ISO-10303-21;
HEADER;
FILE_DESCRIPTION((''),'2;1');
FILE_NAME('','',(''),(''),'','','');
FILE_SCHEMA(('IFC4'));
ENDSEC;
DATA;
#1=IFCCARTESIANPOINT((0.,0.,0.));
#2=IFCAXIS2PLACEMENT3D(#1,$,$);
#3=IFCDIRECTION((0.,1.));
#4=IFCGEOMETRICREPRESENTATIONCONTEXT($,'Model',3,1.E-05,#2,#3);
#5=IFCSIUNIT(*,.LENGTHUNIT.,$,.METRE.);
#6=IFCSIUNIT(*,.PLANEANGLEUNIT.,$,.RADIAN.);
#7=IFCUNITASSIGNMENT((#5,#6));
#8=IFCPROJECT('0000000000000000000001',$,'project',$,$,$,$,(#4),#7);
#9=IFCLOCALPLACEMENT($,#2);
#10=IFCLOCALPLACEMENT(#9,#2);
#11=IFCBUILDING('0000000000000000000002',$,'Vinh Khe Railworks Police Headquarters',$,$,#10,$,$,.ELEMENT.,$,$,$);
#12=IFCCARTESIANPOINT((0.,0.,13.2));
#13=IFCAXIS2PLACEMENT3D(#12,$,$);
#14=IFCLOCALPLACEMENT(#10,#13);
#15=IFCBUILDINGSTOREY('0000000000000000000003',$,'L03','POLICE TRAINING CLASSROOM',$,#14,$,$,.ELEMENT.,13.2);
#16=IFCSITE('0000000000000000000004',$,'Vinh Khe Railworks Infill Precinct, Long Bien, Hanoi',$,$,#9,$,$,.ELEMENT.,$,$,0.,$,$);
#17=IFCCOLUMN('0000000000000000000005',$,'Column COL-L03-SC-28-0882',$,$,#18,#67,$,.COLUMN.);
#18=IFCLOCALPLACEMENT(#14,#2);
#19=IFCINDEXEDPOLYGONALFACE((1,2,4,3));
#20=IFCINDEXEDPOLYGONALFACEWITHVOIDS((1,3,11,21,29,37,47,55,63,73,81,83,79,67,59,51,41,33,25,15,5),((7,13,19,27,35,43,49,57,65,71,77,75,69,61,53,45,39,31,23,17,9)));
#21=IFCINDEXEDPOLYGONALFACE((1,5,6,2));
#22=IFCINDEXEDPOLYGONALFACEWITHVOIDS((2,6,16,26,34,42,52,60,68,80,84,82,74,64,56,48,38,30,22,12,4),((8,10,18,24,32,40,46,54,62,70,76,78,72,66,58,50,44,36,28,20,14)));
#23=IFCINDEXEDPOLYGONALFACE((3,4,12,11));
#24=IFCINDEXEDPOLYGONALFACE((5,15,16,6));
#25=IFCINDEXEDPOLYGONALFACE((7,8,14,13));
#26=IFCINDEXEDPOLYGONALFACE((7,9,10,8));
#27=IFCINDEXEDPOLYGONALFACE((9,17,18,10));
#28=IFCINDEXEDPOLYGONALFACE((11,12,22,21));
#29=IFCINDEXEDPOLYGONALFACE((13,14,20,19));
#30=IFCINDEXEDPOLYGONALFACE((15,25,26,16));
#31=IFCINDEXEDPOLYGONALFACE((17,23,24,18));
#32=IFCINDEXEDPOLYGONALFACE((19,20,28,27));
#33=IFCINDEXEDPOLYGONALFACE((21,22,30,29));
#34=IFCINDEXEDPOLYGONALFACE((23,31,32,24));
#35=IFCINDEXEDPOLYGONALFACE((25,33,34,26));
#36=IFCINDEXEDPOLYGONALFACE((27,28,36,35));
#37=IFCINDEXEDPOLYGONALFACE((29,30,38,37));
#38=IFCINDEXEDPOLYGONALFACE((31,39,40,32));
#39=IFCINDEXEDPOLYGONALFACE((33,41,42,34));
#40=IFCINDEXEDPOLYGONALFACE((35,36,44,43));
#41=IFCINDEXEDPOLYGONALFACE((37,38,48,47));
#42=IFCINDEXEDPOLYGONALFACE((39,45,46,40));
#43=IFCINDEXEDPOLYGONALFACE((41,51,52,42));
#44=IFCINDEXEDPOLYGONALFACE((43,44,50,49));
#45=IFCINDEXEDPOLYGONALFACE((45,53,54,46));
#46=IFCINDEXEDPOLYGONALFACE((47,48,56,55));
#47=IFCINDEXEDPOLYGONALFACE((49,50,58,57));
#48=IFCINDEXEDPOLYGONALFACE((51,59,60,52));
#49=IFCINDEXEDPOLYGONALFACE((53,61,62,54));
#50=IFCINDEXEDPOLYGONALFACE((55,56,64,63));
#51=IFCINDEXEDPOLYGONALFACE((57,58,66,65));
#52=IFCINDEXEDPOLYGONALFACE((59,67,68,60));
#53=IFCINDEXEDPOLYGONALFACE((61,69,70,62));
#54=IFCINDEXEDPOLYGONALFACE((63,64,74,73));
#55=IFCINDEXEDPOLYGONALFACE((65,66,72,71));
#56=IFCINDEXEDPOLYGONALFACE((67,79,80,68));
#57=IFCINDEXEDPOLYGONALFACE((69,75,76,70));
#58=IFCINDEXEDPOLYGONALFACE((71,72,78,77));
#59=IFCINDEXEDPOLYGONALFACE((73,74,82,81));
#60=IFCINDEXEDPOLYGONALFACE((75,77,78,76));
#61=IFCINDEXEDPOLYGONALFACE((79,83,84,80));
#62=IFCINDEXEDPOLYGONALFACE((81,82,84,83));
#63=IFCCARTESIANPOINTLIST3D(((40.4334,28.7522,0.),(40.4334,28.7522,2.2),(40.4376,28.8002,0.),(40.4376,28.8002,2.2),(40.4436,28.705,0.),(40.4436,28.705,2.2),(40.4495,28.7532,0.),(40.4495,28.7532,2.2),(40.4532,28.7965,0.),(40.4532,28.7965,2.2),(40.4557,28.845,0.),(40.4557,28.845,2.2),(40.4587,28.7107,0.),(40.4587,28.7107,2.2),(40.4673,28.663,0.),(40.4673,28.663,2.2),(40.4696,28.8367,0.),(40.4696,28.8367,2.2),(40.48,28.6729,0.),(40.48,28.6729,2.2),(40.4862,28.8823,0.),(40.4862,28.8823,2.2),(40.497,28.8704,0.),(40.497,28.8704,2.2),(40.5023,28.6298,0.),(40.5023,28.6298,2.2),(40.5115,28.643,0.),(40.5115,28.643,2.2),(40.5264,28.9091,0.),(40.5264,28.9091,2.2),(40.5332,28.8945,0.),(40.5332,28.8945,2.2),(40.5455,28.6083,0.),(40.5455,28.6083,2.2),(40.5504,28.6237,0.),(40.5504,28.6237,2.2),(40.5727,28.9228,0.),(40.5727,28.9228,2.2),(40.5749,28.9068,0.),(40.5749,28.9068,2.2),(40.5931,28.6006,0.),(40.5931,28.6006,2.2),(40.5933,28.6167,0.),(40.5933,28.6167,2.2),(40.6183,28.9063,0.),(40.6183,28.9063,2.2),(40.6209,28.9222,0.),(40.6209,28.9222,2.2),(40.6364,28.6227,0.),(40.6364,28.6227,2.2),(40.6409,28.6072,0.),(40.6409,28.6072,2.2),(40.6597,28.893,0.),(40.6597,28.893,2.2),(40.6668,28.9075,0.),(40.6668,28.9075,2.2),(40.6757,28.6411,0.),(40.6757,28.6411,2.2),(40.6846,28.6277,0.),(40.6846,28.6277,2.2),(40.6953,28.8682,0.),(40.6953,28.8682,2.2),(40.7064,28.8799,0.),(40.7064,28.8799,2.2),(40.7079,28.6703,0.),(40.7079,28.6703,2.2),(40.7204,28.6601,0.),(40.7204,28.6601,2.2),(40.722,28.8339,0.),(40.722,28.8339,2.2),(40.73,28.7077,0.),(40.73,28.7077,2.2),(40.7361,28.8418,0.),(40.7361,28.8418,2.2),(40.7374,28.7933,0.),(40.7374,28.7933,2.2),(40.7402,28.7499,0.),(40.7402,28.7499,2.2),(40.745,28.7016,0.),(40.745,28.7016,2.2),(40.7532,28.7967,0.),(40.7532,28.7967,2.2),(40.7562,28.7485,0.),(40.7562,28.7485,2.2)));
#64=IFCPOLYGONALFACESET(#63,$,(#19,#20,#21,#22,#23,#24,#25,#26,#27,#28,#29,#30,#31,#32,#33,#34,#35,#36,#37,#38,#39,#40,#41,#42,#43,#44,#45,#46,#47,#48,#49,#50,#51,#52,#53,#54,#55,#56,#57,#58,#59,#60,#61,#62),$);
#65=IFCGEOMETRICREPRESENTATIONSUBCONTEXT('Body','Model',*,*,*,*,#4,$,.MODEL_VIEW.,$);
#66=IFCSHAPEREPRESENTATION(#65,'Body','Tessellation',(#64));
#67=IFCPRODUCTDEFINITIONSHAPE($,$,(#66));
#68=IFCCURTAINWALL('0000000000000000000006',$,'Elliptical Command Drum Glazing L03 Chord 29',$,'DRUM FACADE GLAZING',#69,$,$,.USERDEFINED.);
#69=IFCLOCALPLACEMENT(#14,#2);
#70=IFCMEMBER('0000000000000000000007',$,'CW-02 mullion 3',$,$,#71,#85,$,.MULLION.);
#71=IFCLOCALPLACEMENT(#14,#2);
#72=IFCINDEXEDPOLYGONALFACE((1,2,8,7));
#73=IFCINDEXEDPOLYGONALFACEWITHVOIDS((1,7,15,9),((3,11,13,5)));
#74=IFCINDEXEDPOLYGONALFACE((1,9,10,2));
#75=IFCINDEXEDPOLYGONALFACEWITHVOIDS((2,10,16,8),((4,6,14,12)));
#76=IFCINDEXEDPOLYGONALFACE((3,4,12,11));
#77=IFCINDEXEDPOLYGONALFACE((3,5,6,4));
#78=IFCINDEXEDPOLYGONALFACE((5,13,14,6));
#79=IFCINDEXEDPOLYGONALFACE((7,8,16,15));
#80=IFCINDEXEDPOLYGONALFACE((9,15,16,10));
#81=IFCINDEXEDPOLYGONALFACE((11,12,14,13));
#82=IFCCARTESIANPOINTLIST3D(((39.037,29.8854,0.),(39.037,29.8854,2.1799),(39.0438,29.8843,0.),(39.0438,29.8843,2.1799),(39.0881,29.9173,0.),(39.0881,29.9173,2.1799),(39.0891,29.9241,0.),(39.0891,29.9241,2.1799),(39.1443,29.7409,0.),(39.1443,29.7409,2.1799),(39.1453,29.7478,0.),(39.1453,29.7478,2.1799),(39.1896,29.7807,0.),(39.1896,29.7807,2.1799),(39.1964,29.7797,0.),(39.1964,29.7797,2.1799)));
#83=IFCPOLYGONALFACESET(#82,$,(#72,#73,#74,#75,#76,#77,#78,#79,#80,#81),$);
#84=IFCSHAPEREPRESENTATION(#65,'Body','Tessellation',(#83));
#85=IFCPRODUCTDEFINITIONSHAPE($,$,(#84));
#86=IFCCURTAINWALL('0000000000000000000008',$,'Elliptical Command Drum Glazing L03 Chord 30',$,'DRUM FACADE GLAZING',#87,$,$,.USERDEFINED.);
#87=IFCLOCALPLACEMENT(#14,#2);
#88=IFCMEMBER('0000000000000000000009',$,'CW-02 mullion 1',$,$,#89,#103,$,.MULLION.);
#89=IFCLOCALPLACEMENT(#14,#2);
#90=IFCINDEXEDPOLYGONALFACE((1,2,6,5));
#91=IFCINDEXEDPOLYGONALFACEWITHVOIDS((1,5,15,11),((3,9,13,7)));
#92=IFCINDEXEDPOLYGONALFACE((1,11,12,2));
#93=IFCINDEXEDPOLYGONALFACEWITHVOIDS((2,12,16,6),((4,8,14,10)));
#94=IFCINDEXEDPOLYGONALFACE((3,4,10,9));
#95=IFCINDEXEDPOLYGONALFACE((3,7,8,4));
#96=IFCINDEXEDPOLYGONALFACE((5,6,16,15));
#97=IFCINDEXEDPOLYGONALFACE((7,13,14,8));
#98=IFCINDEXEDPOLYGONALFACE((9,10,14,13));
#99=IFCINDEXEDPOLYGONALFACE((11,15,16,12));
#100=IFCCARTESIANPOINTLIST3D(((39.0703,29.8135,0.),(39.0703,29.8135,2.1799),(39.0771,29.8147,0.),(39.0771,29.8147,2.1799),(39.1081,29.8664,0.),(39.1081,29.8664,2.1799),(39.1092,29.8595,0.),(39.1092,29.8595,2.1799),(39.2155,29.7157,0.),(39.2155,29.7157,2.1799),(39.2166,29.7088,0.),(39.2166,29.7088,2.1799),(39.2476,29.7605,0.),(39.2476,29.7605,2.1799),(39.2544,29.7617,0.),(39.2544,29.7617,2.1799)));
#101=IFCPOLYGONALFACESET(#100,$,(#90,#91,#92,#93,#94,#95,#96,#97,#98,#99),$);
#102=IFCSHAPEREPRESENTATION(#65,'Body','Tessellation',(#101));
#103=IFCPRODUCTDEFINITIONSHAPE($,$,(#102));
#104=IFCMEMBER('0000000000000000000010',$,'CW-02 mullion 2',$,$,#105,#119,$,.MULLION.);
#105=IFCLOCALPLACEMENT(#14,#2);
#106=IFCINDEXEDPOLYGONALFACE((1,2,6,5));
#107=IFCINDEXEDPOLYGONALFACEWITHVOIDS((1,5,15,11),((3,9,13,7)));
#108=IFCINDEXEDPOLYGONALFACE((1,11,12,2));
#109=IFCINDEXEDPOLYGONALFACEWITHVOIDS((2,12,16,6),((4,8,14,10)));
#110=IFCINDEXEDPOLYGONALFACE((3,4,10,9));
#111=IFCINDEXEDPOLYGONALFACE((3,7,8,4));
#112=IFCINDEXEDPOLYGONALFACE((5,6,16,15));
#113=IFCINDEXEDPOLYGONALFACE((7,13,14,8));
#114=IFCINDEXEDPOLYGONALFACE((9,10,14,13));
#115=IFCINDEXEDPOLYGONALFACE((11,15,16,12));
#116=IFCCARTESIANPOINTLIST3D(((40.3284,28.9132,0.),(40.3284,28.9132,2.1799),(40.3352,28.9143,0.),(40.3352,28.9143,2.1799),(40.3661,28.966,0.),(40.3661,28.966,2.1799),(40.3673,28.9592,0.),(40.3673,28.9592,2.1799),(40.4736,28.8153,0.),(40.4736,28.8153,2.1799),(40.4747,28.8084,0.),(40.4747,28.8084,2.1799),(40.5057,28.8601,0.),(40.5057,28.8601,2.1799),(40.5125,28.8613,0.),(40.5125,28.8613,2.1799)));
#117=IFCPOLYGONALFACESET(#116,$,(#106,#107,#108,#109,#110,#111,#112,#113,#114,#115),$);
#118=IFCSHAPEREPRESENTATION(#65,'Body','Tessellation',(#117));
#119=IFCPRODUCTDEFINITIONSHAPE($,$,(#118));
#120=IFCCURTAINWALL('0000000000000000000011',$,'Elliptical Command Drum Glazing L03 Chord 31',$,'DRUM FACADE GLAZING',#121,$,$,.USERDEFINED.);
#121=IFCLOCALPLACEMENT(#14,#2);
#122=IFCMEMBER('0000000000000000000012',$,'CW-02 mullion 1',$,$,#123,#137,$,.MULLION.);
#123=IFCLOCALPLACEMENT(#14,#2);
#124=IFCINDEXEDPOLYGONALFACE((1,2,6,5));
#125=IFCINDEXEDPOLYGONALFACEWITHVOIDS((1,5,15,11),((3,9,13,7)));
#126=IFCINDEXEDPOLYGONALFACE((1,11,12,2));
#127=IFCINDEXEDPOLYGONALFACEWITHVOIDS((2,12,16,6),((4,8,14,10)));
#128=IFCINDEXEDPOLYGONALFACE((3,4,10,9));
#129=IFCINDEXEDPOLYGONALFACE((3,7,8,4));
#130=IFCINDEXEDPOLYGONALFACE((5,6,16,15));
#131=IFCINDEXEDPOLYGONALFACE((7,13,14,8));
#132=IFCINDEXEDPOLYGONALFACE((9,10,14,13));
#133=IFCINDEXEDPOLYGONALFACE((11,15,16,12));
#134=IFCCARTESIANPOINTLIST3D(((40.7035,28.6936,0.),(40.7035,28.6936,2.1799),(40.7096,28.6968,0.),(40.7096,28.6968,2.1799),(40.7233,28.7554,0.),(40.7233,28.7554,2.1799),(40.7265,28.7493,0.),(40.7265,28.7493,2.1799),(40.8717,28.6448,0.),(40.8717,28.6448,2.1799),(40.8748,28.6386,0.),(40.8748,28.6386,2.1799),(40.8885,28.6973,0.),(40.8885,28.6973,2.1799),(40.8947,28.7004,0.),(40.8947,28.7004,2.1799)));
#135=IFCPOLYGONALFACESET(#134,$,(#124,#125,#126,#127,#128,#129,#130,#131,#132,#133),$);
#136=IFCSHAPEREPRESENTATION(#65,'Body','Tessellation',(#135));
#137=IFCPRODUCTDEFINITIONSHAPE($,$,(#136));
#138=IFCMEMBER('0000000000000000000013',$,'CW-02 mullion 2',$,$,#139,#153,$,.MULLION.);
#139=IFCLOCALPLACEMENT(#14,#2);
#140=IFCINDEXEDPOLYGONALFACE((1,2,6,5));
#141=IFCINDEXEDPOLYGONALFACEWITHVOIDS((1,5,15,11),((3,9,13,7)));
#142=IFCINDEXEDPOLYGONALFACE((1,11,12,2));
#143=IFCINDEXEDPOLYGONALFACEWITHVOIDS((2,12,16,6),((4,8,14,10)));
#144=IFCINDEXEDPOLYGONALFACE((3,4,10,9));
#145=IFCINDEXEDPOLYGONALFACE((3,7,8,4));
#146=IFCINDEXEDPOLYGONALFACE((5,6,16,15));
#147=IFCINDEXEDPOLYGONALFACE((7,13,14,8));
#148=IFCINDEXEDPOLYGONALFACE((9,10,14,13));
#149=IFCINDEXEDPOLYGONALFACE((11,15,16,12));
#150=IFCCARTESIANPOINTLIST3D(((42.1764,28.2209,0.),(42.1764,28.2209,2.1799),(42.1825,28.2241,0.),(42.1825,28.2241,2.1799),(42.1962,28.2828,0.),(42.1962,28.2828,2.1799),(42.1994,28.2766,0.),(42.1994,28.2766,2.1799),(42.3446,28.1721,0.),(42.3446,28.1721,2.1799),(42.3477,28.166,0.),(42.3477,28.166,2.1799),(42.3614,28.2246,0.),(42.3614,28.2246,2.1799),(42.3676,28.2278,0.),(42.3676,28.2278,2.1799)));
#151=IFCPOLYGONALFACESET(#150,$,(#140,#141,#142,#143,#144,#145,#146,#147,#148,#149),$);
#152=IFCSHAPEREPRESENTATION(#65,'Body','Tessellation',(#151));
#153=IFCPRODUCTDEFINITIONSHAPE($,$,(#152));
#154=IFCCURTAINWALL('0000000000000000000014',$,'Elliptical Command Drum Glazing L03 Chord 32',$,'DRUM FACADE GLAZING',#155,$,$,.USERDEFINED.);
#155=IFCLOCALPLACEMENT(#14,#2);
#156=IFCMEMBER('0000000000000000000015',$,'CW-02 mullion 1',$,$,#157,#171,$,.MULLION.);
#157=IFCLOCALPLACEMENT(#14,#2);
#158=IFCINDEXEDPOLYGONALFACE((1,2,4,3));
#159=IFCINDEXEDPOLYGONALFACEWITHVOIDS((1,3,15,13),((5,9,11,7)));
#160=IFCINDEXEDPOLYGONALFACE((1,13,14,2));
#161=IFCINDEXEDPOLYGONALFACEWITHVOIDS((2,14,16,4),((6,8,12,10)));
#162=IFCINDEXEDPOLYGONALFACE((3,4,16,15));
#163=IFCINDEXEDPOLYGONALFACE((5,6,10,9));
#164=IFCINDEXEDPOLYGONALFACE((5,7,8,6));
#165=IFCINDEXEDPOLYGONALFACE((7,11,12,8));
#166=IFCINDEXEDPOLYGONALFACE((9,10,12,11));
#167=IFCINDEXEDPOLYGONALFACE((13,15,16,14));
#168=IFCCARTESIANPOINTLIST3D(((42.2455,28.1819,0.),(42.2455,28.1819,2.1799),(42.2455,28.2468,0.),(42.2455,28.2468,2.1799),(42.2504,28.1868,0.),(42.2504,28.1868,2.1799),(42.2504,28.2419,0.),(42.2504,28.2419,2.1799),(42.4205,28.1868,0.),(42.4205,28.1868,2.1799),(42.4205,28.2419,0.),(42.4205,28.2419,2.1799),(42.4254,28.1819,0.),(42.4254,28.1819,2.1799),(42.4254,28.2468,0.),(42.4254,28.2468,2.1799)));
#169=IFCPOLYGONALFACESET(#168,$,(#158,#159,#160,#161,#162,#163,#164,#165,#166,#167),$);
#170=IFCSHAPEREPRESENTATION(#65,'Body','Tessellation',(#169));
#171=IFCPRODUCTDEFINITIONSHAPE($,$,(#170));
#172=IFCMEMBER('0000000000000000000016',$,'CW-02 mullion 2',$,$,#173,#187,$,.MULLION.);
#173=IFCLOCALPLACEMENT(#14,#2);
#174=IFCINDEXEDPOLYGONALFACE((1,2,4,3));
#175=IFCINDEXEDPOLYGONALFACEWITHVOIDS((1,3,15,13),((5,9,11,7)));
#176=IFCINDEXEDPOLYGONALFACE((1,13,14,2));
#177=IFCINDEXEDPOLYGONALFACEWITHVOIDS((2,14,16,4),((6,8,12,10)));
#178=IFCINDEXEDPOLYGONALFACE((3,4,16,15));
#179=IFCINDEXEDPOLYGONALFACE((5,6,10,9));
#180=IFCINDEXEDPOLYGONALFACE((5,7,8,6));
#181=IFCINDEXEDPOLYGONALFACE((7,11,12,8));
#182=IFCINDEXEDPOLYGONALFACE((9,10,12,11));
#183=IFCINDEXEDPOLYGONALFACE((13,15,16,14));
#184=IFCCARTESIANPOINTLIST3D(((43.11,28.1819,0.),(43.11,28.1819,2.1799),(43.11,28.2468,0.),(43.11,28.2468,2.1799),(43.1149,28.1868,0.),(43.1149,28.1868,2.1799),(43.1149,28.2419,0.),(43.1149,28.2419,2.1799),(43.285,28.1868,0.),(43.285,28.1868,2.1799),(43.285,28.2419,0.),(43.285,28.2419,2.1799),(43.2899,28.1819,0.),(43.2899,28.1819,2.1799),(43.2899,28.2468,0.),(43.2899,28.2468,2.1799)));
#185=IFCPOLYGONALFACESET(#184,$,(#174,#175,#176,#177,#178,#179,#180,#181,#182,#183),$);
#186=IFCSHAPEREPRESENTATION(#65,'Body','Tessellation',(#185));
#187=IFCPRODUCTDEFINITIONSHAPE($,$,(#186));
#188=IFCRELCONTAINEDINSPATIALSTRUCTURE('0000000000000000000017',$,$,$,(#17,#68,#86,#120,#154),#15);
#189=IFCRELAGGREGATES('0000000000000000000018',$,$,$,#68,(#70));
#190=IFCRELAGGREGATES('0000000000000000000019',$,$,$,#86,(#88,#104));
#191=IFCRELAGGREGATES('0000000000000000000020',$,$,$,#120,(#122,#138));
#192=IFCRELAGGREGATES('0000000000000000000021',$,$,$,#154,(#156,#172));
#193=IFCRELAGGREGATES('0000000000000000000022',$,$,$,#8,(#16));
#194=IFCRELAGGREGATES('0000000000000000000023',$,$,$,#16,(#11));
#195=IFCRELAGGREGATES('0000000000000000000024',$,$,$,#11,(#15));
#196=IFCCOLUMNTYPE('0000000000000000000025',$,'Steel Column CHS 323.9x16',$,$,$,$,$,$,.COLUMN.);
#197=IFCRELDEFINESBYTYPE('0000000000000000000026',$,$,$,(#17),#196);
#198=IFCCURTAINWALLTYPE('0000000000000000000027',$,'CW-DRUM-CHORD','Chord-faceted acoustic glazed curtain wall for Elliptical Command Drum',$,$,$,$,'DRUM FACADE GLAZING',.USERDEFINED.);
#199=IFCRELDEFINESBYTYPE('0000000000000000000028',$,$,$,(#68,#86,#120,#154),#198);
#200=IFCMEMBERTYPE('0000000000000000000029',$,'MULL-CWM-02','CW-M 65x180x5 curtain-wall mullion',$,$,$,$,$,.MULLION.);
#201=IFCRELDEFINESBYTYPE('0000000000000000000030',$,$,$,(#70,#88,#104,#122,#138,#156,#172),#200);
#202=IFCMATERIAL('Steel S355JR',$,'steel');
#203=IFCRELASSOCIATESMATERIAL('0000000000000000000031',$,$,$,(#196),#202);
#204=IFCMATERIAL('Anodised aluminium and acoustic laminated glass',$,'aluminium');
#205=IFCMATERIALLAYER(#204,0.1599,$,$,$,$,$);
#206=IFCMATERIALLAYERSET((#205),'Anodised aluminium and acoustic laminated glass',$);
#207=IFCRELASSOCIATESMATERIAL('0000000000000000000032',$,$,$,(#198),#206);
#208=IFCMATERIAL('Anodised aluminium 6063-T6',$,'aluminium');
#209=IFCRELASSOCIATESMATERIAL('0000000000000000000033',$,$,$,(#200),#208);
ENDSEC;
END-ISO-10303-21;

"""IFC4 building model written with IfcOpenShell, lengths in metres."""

from ifc_helpers import new_model, si_unit, direction, frame, origin, origin_2d, place, context, subcontext, project, spatial, hollow_rectangle, hollow_circle, extrude, material, layer, layer_set, material_profile, profile_set, type_object, element, aggregate, save


model = new_model("IFC4")

# Units and contexts
model_context = context("Model", 3, precision=1e-05, world=origin(), true_north=direction((0.0, 1.0)))
body_context = subcontext(model_context, "Body", "Model", "MODEL_VIEW")
ifc_project = project(units=[si_unit("LENGTHUNIT", "METRE"), si_unit("PLANEANGLEUNIT", "RADIAN")], contexts=[model_context])

# Site, building, storey
site_placement = place(None, origin())
site = spatial("IfcSite", under=ifc_project, at=site_placement, Name="Vinh Khe Railworks Infill Precinct, Long Bien, Hanoi", CompositionType="ELEMENT", RefElevation=0.0)
building_placement = place(site_placement, origin())
building = spatial("IfcBuilding", under=site, at=building_placement, Name="Vinh Khe Railworks Police Headquarters", CompositionType="ELEMENT")
storey_placement = place(building_placement, frame((0.0, 0.0, 13.2)))
storey = spatial("IfcBuildingStorey", under=building, at=storey_placement, Name="L03", Description="POLICE TRAINING CLASSROOM", CompositionType="ELEMENT", Elevation=13.2)

# Column
ifc_material_1 = material(Name="Steel S355JR", Category="steel")
ifc_material_profile_1 = material_profile(ifc_material_1, hollow_circle(Radius=0.1619, WallThickness=0.0161, at=origin_2d()), Name="CHS 323.9x16")
ifc_profile_set_1 = profile_set([ifc_material_profile_1], Name="Steel S355JR")
column_type = type_object("IfcColumnType", Name="Steel Column CHS 323.9x16", PredefinedType="COLUMN", material=ifc_profile_set_1)
column_placement = place(storey_placement, frame((40.595, 28.7625, 0.0), z_axis=(0.0, 0.0, 1.0), x_axis=(-0.305529, -0.952183, 0.0)))
element("IfcColumn", 1, at=column_placement, inside=storey, type_object=column_type, Name="Column COL-L03-SC-28-0882", PredefinedType="COLUMN", context=body_context, shape_type="SweptSolid", body=[
    extrude(hollow_circle(Radius=0.1619, WallThickness=0.0161, at=origin_2d()), origin(), (0.0, 0.0, 1.0), 2.2),
])

# Curtain wall, member
ifc_material_2 = material(Name="Anodised aluminium and acoustic laminated glass", Category="aluminium")
ifc_layer_1 = layer(ifc_material_2, 0.1599)
ifc_layer_set_1 = layer_set([ifc_layer_1], Name="Anodised aluminium and acoustic laminated glass")
curtain_wall_type_1 = type_object("IfcCurtainWallType", Name="CW-DRUM-CHORD", Description="Chord-faceted acoustic glazed curtain wall for Elliptical Command Drum", ElementType="DRUM FACADE GLAZING", PredefinedType="USERDEFINED", material=ifc_layer_set_1)
curtain_wall_1_placement = place(storey_placement, origin())
curtain_wall_1 = element("IfcCurtainWall", 2, at=curtain_wall_1_placement, inside=storey, type_object=curtain_wall_type_1, Name="Elliptical Command Drum Glazing L03 Chord 29", ObjectType="DRUM FACADE GLAZING", PredefinedType="USERDEFINED")
ifc_material_3 = material(Name="Anodised aluminium 6063-T6", Category="aluminium")
ifc_material_profile_2 = material_profile(ifc_material_3, hollow_rectangle(XDim=0.0649, YDim=0.1799, WallThickness=0.0049, at=origin_2d()), Name="CW-M 65x180x5")
ifc_profile_set_2 = profile_set([ifc_material_profile_2], Name="Anodised aluminium 6063-T6")
member_type_1 = type_object("IfcMemberType", Name="MULL-CWM-02", Description="CW-M 65x180x5 curtain-wall mullion", PredefinedType="MULLION", material=ifc_profile_set_2)
member_1_placement = place(storey_placement, frame((39.1167, 29.8325, 0.0), z_axis=(0.0, 0.0, 1.0), x_axis=(0.802592, 0.596528, 0.0)))
member_1 = element("IfcMember", 3, at=member_1_placement, type_object=member_type_1, Name="CW-02 mullion 3", PredefinedType="MULLION", context=body_context, shape_type="SweptSolid", body=[
    extrude(hollow_rectangle(XDim=0.0649, YDim=0.1799, WallThickness=0.0049, at=origin_2d()), origin(), (0.0, 0.0, 1.0), 2.1799),
])
aggregate(curtain_wall_1, [member_1])

# Curtain walls, members
curtain_wall_2_placement = place(storey_placement, origin())
curtain_wall_2 = element("IfcCurtainWall", 4, at=curtain_wall_2_placement, inside=storey, type_object=curtain_wall_type_1, Name="Elliptical Command Drum Glazing L03 Chord 30", ObjectType="DRUM FACADE GLAZING", PredefinedType="USERDEFINED")
member_2_placement = place(storey_placement, frame((39.1624, 29.7876, 0.0), z_axis=(0.0, 0.0, 1.0), x_axis=(0.581914, 0.81325, 0.0)))
member_2 = element("IfcMember", 5, at=member_2_placement, type_object=member_type_1, Name="CW-02 mullion 1", PredefinedType="MULLION", context=body_context, shape_type="SweptSolid", body=[
    extrude(hollow_rectangle(XDim=0.0649, YDim=0.1799, WallThickness=0.0049, at=origin_2d()), origin(), (0.0, 0.0, 1.0), 2.1799),
])
member_3_placement = place(storey_placement, frame((40.4204, 28.8872, 0.0), z_axis=(0.0, 0.0, 1.0), x_axis=(0.581914, 0.81325, 0.0)))
member_3 = element("IfcMember", 6, at=member_3_placement, type_object=member_type_1, Name="CW-02 mullion 2", PredefinedType="MULLION", context=body_context, shape_type="SweptSolid", body=[
    extrude(hollow_rectangle(XDim=0.0649, YDim=0.1799, WallThickness=0.0049, at=origin_2d()), origin(), (0.0, 0.0, 1.0), 2.1799),
])
curtain_wall_3_placement = place(storey_placement, origin())
curtain_wall_3 = element("IfcCurtainWall", 7, at=curtain_wall_3_placement, inside=storey, type_object=curtain_wall_type_1, Name="Elliptical Command Drum Glazing L03 Chord 31", ObjectType="DRUM FACADE GLAZING", PredefinedType="USERDEFINED")
member_4_placement = place(storey_placement, frame((40.7991, 28.697, 0.0), z_axis=(0.0, 0.0, 1.0), x_axis=(0.305579, 0.952167, 0.0)))
member_4 = element("IfcMember", 8, at=member_4_placement, type_object=member_type_1, Name="CW-02 mullion 1", PredefinedType="MULLION", context=body_context, shape_type="SweptSolid", body=[
    extrude(hollow_rectangle(XDim=0.0649, YDim=0.1799, WallThickness=0.0049, at=origin_2d()), origin(), (0.0, 0.0, 1.0), 2.1799),
])
member_5_placement = place(storey_placement, frame((42.272, 28.2244, 0.0), z_axis=(0.0, 0.0, 1.0), x_axis=(0.305579, 0.952167, 0.0)))
member_5 = element("IfcMember", 9, at=member_5_placement, type_object=member_type_1, Name="CW-02 mullion 2", PredefinedType="MULLION", context=body_context, shape_type="SweptSolid", body=[
    extrude(hollow_rectangle(XDim=0.0649, YDim=0.1799, WallThickness=0.0049, at=origin_2d()), origin(), (0.0, 0.0, 1.0), 2.1799),
])
curtain_wall_4_placement = place(storey_placement, origin())
curtain_wall_4 = element("IfcCurtainWall", 10, at=curtain_wall_4_placement, inside=storey, type_object=curtain_wall_type_1, Name="Elliptical Command Drum Glazing L03 Chord 32", ObjectType="DRUM FACADE GLAZING", PredefinedType="USERDEFINED")
member_6_placement = place(storey_placement, frame((42.3354, 28.2144, 0.0), z_axis=(0.0, 0.0, 1.0), x_axis=(0.0, 1.0, 0.0)))
member_6 = element("IfcMember", 11, at=member_6_placement, type_object=member_type_1, Name="CW-02 mullion 1", PredefinedType="MULLION", context=body_context, shape_type="SweptSolid", body=[
    extrude(hollow_rectangle(XDim=0.0649, YDim=0.1799, WallThickness=0.0049, at=origin_2d()), origin(), (0.0, 0.0, 1.0), 2.1799),
])
member_7_placement = place(storey_placement, frame((43.2, 28.2144, 0.0), z_axis=(0.0, 0.0, 1.0), x_axis=(0.0, 1.0, 0.0)))
member_7 = element("IfcMember", 12, at=member_7_placement, type_object=member_type_1, Name="CW-02 mullion 2", PredefinedType="MULLION", context=body_context, shape_type="SweptSolid", body=[
    extrude(hollow_rectangle(XDim=0.0649, YDim=0.1799, WallThickness=0.0049, at=origin_2d()), origin(), (0.0, 0.0, 1.0), 2.1799),
])

aggregate(curtain_wall_2, [member_2, member_3])
aggregate(curtain_wall_3, [member_4, member_5])
aggregate(curtain_wall_4, [member_6, member_7])

save(model, "model.ifc")
